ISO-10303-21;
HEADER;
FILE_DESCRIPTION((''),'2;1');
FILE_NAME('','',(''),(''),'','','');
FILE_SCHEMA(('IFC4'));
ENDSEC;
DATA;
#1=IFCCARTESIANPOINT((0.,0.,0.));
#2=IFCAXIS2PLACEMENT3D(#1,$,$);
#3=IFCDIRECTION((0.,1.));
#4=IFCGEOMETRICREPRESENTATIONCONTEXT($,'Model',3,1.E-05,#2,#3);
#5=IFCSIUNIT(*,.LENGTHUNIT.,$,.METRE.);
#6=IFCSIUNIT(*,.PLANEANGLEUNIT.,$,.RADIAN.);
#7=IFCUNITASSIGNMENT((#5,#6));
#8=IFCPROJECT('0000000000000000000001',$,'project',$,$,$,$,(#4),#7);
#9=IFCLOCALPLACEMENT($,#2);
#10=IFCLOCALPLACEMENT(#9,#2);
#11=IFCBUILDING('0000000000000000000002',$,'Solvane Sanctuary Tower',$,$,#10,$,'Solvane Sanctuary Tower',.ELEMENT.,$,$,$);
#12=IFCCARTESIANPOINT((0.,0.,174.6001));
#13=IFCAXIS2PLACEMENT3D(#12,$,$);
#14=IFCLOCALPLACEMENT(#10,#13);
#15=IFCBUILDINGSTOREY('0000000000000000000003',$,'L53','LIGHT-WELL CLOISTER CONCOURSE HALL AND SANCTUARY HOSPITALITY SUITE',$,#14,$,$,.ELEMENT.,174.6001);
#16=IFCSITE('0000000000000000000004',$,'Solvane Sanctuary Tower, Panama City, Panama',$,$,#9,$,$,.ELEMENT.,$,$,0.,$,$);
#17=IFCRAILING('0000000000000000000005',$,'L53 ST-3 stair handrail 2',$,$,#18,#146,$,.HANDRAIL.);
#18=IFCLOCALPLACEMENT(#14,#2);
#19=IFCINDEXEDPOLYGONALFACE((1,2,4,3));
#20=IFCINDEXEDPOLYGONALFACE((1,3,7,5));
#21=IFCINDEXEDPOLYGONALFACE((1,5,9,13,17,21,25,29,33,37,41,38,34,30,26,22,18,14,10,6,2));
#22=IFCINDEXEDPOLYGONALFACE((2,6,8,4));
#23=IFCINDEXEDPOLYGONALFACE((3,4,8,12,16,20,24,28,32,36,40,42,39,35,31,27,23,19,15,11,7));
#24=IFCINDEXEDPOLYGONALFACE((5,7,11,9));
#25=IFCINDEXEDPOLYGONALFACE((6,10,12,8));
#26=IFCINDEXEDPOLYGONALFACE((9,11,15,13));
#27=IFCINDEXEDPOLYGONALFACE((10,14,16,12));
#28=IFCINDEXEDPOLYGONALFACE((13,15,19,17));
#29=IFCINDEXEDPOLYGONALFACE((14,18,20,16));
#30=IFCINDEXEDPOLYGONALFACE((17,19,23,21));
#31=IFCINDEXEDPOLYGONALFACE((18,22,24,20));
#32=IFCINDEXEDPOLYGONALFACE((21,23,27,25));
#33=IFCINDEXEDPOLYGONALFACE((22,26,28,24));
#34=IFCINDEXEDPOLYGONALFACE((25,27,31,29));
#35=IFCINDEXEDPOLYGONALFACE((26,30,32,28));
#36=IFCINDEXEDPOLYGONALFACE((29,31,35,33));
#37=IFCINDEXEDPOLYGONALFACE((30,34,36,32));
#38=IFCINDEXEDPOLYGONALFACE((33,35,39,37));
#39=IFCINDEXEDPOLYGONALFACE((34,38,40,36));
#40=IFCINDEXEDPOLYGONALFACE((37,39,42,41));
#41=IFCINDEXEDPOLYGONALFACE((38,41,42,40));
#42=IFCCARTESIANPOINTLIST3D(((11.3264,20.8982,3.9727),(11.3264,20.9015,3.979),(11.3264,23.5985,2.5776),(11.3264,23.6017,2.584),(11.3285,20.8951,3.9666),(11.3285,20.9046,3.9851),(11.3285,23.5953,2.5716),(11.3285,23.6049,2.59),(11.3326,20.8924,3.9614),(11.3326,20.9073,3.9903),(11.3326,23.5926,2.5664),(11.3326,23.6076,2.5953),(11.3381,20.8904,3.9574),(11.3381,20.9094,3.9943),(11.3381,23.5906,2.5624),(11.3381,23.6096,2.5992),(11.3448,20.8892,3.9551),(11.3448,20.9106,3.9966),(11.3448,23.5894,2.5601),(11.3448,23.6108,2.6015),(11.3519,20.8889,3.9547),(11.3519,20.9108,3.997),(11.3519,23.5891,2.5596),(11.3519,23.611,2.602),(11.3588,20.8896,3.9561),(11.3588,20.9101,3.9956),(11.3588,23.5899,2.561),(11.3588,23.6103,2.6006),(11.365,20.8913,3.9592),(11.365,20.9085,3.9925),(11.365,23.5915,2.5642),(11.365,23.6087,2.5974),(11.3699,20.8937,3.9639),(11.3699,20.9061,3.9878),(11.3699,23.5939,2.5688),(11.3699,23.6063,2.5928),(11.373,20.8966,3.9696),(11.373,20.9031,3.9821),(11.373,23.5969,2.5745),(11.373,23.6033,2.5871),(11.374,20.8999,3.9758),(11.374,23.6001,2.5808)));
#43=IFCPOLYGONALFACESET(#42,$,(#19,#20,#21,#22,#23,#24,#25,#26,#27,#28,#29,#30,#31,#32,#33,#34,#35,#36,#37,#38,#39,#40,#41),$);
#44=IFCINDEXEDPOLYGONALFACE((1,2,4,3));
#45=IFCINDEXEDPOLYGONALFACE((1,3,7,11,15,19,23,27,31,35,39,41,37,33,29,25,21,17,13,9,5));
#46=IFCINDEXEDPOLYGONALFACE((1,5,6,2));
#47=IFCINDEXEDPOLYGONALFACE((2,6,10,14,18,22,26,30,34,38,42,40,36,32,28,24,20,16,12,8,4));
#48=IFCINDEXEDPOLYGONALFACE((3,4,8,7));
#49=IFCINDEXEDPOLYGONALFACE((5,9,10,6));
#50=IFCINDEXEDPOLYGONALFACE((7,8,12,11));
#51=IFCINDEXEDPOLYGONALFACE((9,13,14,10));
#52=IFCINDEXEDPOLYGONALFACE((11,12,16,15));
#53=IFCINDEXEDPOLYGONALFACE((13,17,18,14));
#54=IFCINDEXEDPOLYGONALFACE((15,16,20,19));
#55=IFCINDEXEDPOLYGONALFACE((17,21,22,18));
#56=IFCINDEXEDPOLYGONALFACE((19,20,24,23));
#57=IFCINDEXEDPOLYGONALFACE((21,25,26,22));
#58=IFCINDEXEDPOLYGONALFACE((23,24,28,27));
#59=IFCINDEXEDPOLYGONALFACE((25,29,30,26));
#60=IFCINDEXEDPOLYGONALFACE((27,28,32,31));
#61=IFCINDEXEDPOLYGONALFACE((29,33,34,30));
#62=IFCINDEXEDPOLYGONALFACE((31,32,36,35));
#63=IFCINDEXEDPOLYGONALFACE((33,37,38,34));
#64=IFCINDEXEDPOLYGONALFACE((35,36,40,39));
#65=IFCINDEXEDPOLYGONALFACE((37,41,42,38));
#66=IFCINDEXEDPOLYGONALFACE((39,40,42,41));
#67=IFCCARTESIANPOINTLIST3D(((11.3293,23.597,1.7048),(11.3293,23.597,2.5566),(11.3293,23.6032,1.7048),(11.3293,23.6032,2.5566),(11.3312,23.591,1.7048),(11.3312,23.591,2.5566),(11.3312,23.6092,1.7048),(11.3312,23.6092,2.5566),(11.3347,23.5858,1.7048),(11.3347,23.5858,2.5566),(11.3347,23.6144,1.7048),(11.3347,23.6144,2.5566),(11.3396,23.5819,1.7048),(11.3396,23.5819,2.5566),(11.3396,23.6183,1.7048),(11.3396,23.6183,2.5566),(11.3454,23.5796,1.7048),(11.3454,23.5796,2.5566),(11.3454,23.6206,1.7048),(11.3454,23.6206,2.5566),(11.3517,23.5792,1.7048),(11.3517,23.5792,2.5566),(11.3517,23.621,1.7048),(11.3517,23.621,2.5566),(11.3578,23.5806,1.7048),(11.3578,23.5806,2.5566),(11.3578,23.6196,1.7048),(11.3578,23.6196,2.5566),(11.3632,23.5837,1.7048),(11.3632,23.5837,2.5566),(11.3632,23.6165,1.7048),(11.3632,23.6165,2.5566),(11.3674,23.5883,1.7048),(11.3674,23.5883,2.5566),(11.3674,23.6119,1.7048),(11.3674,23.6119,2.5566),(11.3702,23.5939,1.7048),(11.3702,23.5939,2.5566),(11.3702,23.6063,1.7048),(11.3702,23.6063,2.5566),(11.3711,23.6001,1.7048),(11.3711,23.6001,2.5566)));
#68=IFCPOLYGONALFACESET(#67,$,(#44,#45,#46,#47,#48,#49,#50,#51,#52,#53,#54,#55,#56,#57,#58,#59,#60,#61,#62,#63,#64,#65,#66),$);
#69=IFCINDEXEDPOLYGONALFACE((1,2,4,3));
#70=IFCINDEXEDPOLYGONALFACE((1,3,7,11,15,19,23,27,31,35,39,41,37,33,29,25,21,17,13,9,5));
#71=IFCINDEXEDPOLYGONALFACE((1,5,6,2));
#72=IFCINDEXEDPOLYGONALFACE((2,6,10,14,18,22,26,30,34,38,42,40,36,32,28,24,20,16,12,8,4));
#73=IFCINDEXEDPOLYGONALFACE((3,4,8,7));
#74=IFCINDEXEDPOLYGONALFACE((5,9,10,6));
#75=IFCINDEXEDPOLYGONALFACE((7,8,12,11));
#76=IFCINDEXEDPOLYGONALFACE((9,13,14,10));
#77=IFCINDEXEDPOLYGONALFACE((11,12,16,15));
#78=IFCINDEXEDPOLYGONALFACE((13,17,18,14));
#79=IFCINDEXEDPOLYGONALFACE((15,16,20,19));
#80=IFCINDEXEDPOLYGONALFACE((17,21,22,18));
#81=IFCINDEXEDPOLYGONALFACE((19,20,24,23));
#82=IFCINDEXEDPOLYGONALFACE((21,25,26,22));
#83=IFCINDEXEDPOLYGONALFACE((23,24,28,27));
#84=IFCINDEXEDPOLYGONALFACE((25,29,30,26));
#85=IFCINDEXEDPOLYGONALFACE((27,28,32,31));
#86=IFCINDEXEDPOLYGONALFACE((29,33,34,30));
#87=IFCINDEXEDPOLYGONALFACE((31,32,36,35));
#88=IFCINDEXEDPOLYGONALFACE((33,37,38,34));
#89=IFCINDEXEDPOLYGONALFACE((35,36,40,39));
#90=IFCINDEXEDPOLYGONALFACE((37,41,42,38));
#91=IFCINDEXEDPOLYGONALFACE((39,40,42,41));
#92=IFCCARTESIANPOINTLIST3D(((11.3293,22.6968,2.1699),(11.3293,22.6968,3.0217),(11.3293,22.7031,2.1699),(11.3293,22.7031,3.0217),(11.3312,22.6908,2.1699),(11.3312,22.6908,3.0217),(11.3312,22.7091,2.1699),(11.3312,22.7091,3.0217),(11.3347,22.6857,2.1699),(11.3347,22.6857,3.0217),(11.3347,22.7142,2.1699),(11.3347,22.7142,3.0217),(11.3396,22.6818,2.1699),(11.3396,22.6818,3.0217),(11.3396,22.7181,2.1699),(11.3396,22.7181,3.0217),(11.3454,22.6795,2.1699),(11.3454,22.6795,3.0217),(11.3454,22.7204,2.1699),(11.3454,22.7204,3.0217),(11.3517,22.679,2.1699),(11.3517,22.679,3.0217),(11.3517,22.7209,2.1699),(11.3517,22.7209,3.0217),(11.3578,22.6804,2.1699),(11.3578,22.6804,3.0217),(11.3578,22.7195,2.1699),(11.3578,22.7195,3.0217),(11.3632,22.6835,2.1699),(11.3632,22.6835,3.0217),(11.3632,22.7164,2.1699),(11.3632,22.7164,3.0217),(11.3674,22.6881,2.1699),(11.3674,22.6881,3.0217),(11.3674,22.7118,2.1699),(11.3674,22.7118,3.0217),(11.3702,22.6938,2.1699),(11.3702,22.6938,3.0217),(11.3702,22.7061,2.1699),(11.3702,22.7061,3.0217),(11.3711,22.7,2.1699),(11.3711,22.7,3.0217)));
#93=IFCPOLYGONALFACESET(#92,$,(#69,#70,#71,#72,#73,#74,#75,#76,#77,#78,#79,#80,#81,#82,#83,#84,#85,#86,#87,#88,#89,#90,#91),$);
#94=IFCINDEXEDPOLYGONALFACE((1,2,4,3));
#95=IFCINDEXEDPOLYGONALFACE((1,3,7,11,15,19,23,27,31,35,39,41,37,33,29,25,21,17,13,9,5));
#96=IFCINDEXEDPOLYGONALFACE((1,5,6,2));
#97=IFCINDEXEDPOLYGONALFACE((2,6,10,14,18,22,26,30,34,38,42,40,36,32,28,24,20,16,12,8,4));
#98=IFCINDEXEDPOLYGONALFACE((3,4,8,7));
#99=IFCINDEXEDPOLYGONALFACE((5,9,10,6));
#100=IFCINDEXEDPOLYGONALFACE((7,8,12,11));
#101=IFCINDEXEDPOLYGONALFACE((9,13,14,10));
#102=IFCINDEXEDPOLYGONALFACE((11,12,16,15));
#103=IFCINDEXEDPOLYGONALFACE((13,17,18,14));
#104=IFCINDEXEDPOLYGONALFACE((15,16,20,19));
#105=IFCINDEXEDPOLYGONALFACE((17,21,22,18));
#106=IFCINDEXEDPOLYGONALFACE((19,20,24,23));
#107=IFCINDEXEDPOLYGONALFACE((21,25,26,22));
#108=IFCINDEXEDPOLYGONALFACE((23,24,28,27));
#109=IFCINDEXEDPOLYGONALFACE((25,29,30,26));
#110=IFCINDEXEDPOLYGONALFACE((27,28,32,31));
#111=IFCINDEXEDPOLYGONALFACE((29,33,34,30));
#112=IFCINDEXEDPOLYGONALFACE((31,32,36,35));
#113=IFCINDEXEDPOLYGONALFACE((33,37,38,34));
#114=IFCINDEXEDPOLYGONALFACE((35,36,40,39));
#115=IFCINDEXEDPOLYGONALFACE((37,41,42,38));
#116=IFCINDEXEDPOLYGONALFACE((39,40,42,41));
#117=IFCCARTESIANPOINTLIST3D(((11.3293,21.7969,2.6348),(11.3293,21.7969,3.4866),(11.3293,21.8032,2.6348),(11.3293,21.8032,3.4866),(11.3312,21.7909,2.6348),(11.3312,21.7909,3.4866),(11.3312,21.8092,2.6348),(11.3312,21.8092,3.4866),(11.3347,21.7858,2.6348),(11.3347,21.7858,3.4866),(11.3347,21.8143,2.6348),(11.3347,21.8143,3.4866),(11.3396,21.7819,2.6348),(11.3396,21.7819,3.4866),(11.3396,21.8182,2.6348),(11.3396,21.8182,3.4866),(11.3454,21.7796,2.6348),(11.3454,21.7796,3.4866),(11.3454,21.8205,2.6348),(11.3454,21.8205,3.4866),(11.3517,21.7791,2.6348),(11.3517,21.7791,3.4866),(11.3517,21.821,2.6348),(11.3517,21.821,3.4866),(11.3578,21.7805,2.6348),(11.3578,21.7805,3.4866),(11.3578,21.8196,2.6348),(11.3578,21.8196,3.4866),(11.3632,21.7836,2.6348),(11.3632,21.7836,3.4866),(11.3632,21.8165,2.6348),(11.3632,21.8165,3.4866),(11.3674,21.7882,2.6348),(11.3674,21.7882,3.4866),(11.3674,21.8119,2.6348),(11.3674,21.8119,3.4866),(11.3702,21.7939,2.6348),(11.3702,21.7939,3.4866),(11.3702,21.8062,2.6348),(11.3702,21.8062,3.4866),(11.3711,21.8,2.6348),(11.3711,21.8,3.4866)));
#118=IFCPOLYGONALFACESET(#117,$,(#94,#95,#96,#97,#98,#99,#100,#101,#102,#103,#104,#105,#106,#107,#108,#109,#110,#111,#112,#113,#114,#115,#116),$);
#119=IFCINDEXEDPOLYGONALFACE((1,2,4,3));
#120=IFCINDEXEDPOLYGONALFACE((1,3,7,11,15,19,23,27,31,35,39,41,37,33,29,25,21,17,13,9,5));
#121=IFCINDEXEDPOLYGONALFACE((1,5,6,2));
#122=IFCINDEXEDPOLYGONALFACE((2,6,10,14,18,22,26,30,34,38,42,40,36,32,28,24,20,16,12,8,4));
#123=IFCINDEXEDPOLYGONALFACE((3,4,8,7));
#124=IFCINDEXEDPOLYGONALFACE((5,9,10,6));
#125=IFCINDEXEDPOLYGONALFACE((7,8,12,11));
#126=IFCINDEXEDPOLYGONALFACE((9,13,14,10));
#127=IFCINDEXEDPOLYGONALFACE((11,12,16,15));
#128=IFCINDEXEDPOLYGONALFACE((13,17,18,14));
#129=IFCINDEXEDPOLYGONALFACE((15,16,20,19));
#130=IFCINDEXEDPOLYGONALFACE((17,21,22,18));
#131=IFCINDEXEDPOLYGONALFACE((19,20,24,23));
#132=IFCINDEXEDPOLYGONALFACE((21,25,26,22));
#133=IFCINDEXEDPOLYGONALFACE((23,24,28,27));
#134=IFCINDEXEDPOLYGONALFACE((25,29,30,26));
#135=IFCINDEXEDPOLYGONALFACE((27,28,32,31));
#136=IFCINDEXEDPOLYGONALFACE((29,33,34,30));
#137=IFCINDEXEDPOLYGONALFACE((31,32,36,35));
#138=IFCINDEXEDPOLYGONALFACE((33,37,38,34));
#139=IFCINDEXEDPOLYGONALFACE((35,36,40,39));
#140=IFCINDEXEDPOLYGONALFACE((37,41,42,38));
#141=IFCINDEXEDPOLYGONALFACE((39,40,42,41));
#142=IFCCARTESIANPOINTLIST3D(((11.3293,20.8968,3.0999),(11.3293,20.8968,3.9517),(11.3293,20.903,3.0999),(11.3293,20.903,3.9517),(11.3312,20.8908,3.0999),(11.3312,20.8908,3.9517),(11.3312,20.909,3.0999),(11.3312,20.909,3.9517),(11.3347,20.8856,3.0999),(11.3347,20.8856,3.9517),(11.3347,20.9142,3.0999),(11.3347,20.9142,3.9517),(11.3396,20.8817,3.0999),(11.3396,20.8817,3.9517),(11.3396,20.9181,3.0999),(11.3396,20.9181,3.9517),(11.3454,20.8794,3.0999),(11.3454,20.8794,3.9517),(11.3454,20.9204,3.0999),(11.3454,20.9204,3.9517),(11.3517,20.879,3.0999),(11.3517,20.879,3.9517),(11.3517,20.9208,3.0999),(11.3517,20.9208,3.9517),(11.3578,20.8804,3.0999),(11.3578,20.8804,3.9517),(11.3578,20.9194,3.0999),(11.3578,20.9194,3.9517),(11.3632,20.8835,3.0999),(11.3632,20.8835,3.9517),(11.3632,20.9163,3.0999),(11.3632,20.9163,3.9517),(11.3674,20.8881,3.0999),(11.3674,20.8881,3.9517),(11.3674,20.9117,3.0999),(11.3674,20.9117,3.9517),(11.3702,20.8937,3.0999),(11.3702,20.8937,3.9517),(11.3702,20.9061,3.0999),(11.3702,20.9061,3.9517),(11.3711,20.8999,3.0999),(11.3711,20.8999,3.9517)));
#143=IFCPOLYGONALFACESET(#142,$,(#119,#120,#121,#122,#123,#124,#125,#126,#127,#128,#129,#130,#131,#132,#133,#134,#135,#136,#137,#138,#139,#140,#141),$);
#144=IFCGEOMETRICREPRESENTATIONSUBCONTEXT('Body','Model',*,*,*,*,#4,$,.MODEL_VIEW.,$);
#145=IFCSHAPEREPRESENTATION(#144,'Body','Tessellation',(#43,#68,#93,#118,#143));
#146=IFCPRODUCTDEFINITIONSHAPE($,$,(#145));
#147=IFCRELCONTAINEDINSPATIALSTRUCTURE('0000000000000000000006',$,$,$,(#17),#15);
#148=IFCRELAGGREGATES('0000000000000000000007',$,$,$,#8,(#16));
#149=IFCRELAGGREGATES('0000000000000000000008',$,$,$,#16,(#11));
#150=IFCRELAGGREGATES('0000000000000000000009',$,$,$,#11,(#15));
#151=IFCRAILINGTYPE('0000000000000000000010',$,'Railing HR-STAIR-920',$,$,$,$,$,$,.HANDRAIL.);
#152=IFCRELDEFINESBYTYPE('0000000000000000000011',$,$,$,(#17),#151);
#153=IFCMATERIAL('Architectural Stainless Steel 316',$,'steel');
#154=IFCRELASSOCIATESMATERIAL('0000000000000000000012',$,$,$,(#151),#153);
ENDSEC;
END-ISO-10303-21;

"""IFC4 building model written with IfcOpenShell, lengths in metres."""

from ifc_helpers import new_model, si_unit, direction, frame, origin, origin_2d, place, context, subcontext, project, spatial, circle, extrude, material, type_object, element, save


model = new_model("IFC4")

# Units and contexts
model_context = context("Model", 3, precision=1e-05, world=origin(), true_north=direction((0.0, 1.0)))
body_context = subcontext(model_context, "Body", "Model", "MODEL_VIEW")
ifc_project = project(units=[si_unit("LENGTHUNIT", "METRE"), si_unit("PLANEANGLEUNIT", "RADIAN")], contexts=[model_context])

# Site, building, storey
site_placement = place(None, origin())
site = spatial("IfcSite", under=ifc_project, at=site_placement, Name="Solvane Sanctuary Tower, Panama City, Panama", CompositionType="ELEMENT", RefElevation=0.0)
building_placement = place(site_placement, origin())
building = spatial("IfcBuilding", under=site, at=building_placement, Name="Solvane Sanctuary Tower", LongName="Solvane Sanctuary Tower", CompositionType="ELEMENT")
storey_placement = place(building_placement, frame((0.0, 0.0, 174.6001)))
storey = spatial("IfcBuildingStorey", under=building, at=storey_placement, Name="L53", Description="LIGHT-WELL CLOISTER CONCOURSE HALL AND SANCTUARY HOSPITALITY SUITE", CompositionType="ELEMENT", Elevation=174.6001)

# Railing
ifc_material_1 = material(Name="Architectural Stainless Steel 316", Category="steel")
railing_type_1 = type_object("IfcRailingType", Name="Railing HR-STAIR-920", PredefinedType="HANDRAIL", material=ifc_material_1)
railing_1_placement = place(storey_placement, frame((11.3501, 23.6001, 1.7048)))
element("IfcRailing", 1, at=railing_1_placement, inside=storey, type_object=railing_type_1, Name="L53 ST-3 stair handrail 2", PredefinedType="HANDRAIL", context=body_context, shape_type="SweptSolid", body=[
    extrude(circle(Radius=0.0239, at=origin_2d()), frame((0.0, 0.0, 0.876), z_axis=(0.0, -0.888437, 0.458999), x_axis=(1.0, 0.0, 0.0)), (0.0, 0.0, 1.0), 3.0393),
    extrude(circle(Radius=0.021, at=origin_2d()), origin(), (0.0, 0.0, 1.0), 0.8518),
    extrude(circle(Radius=0.021, at=origin_2d()), frame((0.0, -0.9001, 0.4651)), (0.0, 0.0, 1.0), 0.8518),
    extrude(circle(Radius=0.021, at=origin_2d()), frame((0.0, -1.8, 0.9299)), (0.0, 0.0, 1.0), 0.8518),
    extrude(circle(Radius=0.021, at=origin_2d()), frame((0.0, -2.7002, 1.395)), (0.0, 0.0, 1.0), 0.8518),
])

save(model, "model.ifc")
